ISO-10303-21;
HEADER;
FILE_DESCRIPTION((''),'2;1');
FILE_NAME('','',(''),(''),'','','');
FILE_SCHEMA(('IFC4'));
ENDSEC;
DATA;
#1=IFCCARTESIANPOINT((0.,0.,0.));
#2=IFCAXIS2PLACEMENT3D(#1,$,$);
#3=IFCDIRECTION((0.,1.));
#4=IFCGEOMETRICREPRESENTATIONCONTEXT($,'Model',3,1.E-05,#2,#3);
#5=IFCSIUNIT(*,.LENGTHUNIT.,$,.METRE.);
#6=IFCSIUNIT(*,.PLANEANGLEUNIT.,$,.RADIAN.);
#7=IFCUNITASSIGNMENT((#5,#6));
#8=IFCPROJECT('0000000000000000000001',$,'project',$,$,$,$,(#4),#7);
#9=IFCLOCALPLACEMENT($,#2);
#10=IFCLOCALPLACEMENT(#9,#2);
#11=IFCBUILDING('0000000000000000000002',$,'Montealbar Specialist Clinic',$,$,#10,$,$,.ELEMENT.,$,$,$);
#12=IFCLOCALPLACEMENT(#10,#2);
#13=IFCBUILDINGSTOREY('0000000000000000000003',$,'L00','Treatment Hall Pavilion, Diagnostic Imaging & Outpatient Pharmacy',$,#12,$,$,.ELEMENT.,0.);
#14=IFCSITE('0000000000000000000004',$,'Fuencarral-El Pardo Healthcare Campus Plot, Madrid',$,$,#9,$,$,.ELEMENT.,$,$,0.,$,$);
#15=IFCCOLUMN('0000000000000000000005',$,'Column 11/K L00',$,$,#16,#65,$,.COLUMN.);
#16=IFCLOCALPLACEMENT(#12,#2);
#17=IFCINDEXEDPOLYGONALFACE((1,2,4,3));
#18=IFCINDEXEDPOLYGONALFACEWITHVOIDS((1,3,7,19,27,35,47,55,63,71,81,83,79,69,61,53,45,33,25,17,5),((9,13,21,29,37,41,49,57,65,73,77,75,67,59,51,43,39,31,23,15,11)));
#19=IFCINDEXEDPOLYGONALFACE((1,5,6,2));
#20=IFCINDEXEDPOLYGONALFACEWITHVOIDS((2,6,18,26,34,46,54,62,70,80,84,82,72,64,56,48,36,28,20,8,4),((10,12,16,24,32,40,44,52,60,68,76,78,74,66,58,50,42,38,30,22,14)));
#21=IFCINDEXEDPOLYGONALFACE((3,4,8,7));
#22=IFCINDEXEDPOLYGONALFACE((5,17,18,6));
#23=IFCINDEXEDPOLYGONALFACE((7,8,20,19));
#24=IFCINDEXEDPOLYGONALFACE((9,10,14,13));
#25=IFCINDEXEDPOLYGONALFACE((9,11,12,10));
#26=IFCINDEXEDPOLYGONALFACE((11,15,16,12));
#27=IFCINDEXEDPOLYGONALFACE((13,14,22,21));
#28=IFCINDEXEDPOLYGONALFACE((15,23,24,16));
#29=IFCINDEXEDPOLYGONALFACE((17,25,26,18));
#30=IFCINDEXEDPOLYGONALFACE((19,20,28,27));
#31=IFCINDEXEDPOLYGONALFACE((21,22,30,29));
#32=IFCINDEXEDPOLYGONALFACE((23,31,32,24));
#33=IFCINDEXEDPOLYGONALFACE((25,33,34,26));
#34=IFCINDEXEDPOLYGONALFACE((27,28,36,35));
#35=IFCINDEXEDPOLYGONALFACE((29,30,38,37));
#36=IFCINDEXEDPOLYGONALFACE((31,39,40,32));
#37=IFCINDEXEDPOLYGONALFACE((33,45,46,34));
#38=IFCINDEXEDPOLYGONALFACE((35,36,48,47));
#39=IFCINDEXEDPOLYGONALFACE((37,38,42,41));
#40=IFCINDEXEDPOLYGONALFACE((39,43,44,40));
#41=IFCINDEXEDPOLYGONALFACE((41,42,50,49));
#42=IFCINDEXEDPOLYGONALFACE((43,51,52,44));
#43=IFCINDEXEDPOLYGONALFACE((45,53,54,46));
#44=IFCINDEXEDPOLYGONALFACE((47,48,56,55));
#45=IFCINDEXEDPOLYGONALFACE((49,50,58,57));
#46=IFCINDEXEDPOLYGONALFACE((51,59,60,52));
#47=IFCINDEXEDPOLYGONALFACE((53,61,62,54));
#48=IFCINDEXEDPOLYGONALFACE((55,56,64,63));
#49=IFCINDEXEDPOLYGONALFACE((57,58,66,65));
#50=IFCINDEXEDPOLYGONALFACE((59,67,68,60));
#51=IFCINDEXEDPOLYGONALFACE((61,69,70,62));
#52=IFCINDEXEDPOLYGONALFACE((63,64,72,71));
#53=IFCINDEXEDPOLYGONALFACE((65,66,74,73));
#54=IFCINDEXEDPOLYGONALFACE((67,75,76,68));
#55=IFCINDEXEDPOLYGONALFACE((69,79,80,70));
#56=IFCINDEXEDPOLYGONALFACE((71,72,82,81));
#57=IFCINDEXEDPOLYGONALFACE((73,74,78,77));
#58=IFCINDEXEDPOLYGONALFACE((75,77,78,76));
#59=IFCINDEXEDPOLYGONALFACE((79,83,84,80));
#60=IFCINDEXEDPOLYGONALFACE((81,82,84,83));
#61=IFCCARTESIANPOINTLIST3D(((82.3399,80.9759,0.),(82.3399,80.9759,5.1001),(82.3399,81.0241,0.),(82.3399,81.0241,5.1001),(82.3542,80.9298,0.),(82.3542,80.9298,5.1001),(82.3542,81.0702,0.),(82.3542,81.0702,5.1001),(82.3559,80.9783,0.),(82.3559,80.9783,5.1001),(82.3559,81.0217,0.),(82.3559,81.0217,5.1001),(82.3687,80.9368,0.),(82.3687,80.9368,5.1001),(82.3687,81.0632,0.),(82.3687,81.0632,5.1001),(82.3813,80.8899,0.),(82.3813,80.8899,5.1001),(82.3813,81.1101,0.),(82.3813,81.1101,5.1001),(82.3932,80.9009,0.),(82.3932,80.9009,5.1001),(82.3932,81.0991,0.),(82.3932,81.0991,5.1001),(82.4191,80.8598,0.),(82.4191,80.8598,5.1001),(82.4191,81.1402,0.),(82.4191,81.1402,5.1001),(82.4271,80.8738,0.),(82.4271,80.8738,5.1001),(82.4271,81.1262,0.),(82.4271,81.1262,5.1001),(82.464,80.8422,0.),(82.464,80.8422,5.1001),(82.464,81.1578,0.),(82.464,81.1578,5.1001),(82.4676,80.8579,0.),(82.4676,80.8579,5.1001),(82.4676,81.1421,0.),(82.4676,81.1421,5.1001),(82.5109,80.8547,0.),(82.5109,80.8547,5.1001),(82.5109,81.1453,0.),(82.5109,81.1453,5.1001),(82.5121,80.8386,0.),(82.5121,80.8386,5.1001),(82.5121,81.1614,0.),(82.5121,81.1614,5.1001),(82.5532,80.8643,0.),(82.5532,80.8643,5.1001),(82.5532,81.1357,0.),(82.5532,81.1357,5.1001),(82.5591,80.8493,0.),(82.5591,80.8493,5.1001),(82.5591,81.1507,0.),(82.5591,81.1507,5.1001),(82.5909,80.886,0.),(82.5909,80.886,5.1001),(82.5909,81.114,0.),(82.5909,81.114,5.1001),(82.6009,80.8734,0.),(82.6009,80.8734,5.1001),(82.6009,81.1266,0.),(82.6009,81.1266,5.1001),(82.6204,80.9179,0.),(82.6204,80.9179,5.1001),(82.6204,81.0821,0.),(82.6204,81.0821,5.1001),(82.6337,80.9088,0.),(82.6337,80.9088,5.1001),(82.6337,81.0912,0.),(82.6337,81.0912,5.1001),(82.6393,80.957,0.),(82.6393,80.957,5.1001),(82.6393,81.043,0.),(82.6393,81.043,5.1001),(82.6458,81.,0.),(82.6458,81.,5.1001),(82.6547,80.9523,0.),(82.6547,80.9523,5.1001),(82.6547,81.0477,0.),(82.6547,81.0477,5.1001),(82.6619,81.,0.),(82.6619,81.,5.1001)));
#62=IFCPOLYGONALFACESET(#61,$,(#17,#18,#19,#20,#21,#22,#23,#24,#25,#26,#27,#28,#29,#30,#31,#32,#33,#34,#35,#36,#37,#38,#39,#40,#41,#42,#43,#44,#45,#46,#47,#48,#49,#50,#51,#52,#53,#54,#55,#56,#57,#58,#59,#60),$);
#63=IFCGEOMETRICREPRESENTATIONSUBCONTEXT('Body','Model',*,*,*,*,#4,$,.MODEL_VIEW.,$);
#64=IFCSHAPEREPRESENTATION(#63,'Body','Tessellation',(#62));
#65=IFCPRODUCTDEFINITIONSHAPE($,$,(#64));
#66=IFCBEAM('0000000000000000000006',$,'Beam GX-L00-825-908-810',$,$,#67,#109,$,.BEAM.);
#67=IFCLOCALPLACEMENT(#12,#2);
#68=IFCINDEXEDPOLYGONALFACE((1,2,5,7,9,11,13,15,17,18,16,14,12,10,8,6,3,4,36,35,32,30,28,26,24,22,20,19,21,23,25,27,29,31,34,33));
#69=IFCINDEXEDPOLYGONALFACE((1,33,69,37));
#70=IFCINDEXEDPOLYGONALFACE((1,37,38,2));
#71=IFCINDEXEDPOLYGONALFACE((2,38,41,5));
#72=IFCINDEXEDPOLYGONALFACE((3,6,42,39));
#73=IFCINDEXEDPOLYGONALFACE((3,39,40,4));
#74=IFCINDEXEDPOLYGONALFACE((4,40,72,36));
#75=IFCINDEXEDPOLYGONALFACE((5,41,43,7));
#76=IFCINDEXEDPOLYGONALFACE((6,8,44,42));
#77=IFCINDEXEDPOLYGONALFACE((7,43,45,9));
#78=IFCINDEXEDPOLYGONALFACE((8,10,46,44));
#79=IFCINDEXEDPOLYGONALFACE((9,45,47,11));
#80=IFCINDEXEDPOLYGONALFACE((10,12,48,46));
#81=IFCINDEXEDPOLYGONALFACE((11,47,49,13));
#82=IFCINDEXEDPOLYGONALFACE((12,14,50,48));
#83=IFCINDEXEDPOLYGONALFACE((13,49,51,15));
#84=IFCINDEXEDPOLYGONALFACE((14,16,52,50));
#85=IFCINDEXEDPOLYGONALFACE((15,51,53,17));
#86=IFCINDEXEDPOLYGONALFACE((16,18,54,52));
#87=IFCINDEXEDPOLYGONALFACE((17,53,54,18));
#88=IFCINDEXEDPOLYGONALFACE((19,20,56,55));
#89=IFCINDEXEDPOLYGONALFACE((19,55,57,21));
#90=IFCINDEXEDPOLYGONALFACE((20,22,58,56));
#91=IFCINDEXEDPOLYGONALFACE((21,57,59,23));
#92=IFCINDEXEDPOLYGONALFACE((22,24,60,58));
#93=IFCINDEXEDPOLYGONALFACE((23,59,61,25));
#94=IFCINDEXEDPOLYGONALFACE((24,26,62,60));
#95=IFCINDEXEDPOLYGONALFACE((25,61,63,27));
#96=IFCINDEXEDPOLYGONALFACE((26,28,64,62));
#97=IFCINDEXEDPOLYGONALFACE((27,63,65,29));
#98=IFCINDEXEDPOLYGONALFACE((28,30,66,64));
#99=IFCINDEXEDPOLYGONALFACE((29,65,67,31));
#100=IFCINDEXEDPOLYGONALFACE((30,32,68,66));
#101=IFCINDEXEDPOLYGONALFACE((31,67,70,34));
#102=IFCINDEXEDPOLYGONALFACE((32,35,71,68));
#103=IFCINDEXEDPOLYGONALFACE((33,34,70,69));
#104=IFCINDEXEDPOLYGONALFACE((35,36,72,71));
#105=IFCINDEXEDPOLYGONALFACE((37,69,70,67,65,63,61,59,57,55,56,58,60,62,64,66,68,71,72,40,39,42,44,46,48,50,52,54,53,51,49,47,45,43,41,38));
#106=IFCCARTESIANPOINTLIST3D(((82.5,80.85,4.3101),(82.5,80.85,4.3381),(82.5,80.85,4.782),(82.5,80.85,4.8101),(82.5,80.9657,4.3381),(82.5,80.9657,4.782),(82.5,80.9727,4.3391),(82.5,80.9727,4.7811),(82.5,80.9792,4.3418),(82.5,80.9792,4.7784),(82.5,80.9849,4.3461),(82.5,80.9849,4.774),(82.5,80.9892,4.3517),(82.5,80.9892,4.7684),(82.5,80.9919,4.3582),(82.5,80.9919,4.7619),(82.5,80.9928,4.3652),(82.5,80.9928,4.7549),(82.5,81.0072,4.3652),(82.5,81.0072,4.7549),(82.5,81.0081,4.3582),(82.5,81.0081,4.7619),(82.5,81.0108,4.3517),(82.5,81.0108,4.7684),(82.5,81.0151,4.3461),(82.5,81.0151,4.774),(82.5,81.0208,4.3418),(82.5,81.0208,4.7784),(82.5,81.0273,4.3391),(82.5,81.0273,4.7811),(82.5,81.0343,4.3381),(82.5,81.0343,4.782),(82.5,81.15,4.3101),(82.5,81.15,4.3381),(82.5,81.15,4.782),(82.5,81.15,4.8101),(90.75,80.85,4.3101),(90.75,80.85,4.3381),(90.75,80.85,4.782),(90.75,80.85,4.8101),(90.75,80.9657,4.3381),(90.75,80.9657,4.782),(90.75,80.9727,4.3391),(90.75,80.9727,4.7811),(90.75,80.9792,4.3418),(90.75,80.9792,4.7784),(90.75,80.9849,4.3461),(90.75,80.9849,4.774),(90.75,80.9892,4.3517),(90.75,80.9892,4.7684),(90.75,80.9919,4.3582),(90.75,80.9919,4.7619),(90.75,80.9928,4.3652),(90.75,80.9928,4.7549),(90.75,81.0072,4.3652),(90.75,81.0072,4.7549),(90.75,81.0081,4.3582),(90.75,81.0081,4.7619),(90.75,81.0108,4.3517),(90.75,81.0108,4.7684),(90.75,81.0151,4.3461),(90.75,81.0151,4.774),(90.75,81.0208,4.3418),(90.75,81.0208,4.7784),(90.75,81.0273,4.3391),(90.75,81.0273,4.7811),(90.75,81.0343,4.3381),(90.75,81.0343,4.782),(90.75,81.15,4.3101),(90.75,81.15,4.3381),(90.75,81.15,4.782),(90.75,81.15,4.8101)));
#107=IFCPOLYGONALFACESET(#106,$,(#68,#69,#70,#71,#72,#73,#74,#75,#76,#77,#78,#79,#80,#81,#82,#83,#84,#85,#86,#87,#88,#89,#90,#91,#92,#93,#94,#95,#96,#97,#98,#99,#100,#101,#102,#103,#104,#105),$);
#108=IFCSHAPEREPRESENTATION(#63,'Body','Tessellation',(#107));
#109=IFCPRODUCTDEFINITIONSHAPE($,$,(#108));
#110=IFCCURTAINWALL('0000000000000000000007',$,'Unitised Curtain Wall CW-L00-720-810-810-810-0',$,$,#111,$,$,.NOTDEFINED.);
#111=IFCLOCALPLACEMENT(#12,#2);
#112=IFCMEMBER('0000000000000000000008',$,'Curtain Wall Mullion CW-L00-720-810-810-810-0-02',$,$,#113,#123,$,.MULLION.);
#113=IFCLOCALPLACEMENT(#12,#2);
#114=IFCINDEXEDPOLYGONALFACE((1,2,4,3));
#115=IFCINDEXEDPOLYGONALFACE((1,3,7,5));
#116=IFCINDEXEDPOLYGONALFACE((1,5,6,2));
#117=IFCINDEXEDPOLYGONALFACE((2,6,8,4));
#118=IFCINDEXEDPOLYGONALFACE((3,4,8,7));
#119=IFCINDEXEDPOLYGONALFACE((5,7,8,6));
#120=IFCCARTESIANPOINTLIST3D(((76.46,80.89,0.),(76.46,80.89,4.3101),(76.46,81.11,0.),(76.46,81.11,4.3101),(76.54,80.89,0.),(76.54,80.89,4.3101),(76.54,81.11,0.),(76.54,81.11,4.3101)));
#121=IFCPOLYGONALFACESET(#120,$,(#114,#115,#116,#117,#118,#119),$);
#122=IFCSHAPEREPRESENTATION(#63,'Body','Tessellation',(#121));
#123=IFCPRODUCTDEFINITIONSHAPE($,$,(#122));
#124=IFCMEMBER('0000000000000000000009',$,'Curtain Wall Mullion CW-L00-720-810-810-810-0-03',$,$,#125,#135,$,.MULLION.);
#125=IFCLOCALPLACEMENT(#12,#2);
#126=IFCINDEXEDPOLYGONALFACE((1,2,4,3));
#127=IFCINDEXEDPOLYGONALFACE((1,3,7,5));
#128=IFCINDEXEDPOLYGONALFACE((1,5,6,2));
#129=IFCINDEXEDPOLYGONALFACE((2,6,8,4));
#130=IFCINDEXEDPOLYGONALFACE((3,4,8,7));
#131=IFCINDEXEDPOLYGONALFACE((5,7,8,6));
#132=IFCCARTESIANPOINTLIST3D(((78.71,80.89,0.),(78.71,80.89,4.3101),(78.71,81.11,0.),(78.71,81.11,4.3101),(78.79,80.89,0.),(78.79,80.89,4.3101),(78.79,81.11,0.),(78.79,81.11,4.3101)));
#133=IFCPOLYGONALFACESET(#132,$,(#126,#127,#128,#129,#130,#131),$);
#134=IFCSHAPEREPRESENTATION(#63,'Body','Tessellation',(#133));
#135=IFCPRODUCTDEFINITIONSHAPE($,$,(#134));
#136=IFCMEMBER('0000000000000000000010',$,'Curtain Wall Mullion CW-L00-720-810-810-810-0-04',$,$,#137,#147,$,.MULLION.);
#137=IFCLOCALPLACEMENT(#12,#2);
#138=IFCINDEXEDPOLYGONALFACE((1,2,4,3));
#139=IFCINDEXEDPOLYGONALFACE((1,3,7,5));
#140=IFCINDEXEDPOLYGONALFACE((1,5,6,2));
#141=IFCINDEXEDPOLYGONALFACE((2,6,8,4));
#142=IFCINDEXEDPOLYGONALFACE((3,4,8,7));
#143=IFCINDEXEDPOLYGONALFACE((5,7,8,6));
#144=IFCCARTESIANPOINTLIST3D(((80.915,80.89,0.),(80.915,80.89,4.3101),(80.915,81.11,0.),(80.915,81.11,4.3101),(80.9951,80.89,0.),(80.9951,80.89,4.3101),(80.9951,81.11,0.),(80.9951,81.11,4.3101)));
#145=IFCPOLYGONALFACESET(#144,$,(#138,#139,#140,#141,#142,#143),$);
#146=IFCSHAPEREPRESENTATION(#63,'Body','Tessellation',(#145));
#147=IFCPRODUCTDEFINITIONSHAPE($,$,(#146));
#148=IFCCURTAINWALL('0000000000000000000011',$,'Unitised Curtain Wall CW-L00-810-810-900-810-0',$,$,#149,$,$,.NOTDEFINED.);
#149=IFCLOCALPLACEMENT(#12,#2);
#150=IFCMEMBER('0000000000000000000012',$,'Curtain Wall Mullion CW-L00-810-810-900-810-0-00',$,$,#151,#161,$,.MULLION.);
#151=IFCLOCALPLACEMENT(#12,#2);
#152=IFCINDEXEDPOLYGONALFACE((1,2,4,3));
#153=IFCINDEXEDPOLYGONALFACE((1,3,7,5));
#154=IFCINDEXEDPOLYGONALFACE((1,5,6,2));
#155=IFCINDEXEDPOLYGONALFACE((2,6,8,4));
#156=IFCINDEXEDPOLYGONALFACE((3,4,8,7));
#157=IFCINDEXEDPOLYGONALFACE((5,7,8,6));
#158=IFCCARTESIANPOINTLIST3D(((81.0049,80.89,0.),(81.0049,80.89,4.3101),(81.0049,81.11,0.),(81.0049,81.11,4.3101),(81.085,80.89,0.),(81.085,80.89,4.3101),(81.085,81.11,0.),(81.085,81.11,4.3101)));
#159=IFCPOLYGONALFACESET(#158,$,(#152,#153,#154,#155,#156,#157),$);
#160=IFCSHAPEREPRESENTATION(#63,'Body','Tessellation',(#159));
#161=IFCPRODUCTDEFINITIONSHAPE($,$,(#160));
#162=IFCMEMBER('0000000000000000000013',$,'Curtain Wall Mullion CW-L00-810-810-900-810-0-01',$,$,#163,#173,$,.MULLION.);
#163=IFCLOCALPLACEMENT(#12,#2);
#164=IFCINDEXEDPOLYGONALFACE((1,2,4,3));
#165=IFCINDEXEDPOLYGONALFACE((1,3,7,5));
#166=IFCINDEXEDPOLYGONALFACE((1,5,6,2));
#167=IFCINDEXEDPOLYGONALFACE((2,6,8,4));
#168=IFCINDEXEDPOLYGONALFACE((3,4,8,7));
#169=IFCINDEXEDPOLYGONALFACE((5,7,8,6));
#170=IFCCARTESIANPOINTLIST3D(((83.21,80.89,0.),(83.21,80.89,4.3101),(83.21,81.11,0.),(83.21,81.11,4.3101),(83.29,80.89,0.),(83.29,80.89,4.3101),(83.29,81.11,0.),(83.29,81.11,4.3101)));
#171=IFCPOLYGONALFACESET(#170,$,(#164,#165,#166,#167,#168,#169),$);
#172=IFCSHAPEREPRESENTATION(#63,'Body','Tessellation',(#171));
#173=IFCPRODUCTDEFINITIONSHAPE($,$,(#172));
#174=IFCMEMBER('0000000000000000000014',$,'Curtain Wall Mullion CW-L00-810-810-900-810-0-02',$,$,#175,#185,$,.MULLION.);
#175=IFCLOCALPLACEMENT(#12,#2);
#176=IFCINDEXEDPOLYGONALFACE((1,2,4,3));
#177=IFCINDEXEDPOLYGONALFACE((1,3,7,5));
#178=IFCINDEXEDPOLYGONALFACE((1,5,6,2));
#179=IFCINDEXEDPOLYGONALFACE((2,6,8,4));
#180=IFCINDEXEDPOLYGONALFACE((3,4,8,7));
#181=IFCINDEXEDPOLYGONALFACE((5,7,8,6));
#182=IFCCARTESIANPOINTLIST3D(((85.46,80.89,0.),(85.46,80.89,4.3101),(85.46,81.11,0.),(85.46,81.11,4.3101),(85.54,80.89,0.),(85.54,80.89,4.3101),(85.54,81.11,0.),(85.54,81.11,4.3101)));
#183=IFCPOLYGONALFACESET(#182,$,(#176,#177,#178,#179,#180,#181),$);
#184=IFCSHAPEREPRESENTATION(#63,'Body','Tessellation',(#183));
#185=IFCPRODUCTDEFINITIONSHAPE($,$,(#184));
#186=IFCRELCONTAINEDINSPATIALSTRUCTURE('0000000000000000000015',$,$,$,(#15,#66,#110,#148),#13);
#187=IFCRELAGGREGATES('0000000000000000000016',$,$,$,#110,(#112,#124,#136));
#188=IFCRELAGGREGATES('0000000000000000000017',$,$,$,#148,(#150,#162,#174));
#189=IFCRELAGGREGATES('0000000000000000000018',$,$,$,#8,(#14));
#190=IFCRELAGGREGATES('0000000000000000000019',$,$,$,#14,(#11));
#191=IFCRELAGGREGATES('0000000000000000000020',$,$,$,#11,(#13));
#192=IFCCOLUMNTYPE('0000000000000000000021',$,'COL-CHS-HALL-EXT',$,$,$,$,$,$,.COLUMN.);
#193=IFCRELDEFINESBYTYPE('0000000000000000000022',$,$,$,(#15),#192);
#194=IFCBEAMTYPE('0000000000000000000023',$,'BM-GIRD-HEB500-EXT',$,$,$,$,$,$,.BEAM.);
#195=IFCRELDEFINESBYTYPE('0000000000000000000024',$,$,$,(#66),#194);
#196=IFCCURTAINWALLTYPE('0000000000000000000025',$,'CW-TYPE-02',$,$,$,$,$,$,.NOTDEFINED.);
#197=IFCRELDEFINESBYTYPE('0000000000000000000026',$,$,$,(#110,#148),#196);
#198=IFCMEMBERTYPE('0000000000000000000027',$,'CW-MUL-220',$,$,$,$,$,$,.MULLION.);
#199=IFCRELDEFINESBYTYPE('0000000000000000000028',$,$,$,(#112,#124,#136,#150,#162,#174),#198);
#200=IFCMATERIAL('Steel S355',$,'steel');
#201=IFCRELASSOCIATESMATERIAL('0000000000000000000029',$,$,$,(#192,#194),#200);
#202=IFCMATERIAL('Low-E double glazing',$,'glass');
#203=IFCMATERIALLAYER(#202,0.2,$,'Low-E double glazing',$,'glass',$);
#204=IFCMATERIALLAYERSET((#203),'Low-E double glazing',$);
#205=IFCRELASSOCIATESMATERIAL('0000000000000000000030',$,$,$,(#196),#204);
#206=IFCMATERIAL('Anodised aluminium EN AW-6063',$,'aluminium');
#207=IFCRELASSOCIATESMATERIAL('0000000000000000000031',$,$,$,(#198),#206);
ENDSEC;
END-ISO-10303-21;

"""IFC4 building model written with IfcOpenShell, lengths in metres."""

from ifc_helpers import new_model, si_unit, direction, frame, origin, origin_2d, place, context, subcontext, project, spatial, rectangle, hollow_circle, i_section, extrude, material, layer, layer_set, material_profile, profile_set, type_object, element, aggregate, save


model = new_model("IFC4")

# Units and contexts
model_context = context("Model", 3, precision=1e-05, world=origin(), true_north=direction((0.0, 1.0)))
body_context = subcontext(model_context, "Body", "Model", "MODEL_VIEW")
ifc_project = project(units=[si_unit("LENGTHUNIT", "METRE"), si_unit("PLANEANGLEUNIT", "RADIAN")], contexts=[model_context])

# Site, building, storey
site_placement = place(None, origin())
site = spatial("IfcSite", under=ifc_project, at=site_placement, Name="Fuencarral-El Pardo Healthcare Campus Plot, Madrid", CompositionType="ELEMENT", RefElevation=0.0)
building_placement = place(site_placement, origin())
building = spatial("IfcBuilding", under=site, at=building_placement, Name="Montealbar Specialist Clinic", CompositionType="ELEMENT")
storey_placement = place(building_placement, origin())
storey = spatial("IfcBuildingStorey", under=building, at=storey_placement, Name="L00", Description="Treatment Hall Pavilion, Diagnostic Imaging & Outpatient Pharmacy", CompositionType="ELEMENT", Elevation=0.0)

# Column
ifc_material_1 = material(Name="Steel S355", Category="steel")
ifc_material_profile_1 = material_profile(ifc_material_1, hollow_circle(Radius=0.1619, WallThickness=0.0161, at=origin_2d()), Name="CHS 323.9x16.0", Category="steel")
ifc_profile_set_1 = profile_set([ifc_material_profile_1], Name="Steel S355")
column_type = type_object("IfcColumnType", Name="COL-CHS-HALL-EXT", PredefinedType="COLUMN", material=ifc_profile_set_1)
column_placement = place(storey_placement, frame((82.5, 81.0, 0.0), z_axis=(0.0, 0.0, 1.0), x_axis=(1.0, 0.0, 0.0)))
element("IfcColumn", 1, at=column_placement, inside=storey, type_object=column_type, Name="Column 11/K L00", PredefinedType="COLUMN", context=body_context, shape_type="SweptSolid", body=[
    extrude(hollow_circle(Radius=0.1619, WallThickness=0.0161, at=origin_2d()), origin(), (0.0, 0.0, 1.0), 5.1001),
])

# Beam
ifc_material_profile_2 = material_profile(ifc_material_1, i_section(OverallWidth=0.3, OverallDepth=0.5, WebThickness=0.0144, FlangeThickness=0.0281, FilletRadius=0.0271, at=origin_2d()), Name="HEB 500", Category="steel")
ifc_profile_set_2 = profile_set([ifc_material_profile_2], Name="Steel S355")
beam_type = type_object("IfcBeamType", Name="BM-GIRD-HEB500-EXT", PredefinedType="BEAM", material=ifc_profile_set_2)
beam_placement = place(storey_placement, frame((82.5, 81.0, 4.5601), z_axis=(1.0, 0.0, 0.0), x_axis=(0.0, 1.0, 0.0)))
element("IfcBeam", 2, at=beam_placement, inside=storey, type_object=beam_type, Name="Beam GX-L00-825-908-810", PredefinedType="BEAM", context=body_context, shape_type="SweptSolid", body=[
    extrude(i_section(OverallWidth=0.3, OverallDepth=0.5, WebThickness=0.0144, FlangeThickness=0.0281, FilletRadius=0.0271, at=origin_2d()), origin(), (0.0, 0.0, 1.0), 8.25),
])

# Curtain walls, members
ifc_material_2 = material(Name="Low-E double glazing", Category="glass")
ifc_layer_1 = layer(ifc_material_2, 0.2, Name="Low-E double glazing", Category="glass")
ifc_layer_set_1 = layer_set([ifc_layer_1], Name="Low-E double glazing")
curtain_wall_type = type_object("IfcCurtainWallType", Name="CW-TYPE-02", PredefinedType="NOTDEFINED", material=ifc_layer_set_1)
curtain_wall_1_placement = place(storey_placement, origin())
curtain_wall_1 = element("IfcCurtainWall", 3, at=curtain_wall_1_placement, inside=storey, type_object=curtain_wall_type, Name="Unitised Curtain Wall CW-L00-720-810-810-810-0", PredefinedType="NOTDEFINED")
ifc_material_3 = material(Name="Anodised aluminium EN AW-6063", Category="aluminium")
ifc_material_profile_3 = material_profile(ifc_material_3, rectangle(XDim=0.0801, YDim=0.22, at=origin_2d()), Name="ALU 80x220", Category="aluminium")
ifc_profile_set_3 = profile_set([ifc_material_profile_3], Name="Anodised aluminium EN AW-6063")
member_type_1 = type_object("IfcMemberType", Name="CW-MUL-220", PredefinedType="MULLION", material=ifc_profile_set_3)
member_1_placement = place(storey_placement, frame((76.5, 81.0, 0.0), z_axis=(0.0, 0.0, 1.0), x_axis=(1.0, 0.0, 0.0)))
member_1 = element("IfcMember", 4, at=member_1_placement, type_object=member_type_1, Name="Curtain Wall Mullion CW-L00-720-810-810-810-0-02", PredefinedType="MULLION", context=body_context, shape_type="SweptSolid", body=[
    extrude(rectangle(XDim=0.0801, YDim=0.22, at=origin_2d()), origin(), (0.0, 0.0, 1.0), 4.3101),
])
member_2_placement = place(storey_placement, frame((78.75, 81.0, 0.0), z_axis=(0.0, 0.0, 1.0), x_axis=(1.0, 0.0, 0.0)))
member_2 = element("IfcMember", 5, at=member_2_placement, type_object=member_type_1, Name="Curtain Wall Mullion CW-L00-720-810-810-810-0-03", PredefinedType="MULLION", context=body_context, shape_type="SweptSolid", body=[
    extrude(rectangle(XDim=0.0801, YDim=0.22, at=origin_2d()), origin(), (0.0, 0.0, 1.0), 4.3101),
])
member_3_placement = place(storey_placement, frame((80.9551, 81.0, 0.0), z_axis=(0.0, 0.0, 1.0), x_axis=(1.0, 0.0, 0.0)))
member_3 = element("IfcMember", 6, at=member_3_placement, type_object=member_type_1, Name="Curtain Wall Mullion CW-L00-720-810-810-810-0-04", PredefinedType="MULLION", context=body_context, shape_type="SweptSolid", body=[
    extrude(rectangle(XDim=0.0801, YDim=0.22, at=origin_2d()), origin(), (0.0, 0.0, 1.0), 4.3101),
])
curtain_wall_2_placement = place(storey_placement, origin())
curtain_wall_2 = element("IfcCurtainWall", 7, at=curtain_wall_2_placement, inside=storey, type_object=curtain_wall_type, Name="Unitised Curtain Wall CW-L00-810-810-900-810-0", PredefinedType="NOTDEFINED")
member_4_placement = place(storey_placement, frame((81.0449, 81.0, 0.0), z_axis=(0.0, 0.0, 1.0), x_axis=(1.0, 0.0, 0.0)))
member_4 = element("IfcMember", 8, at=member_4_placement, type_object=member_type_1, Name="Curtain Wall Mullion CW-L00-810-810-900-810-0-00", PredefinedType="MULLION", context=body_context, shape_type="SweptSolid", body=[
    extrude(rectangle(XDim=0.0801, YDim=0.22, at=origin_2d()), origin(), (0.0, 0.0, 1.0), 4.3101),
])
member_5_placement = place(storey_placement, frame((83.25, 81.0, 0.0), z_axis=(0.0, 0.0, 1.0), x_axis=(1.0, 0.0, 0.0)))
member_5 = element("IfcMember", 9, at=member_5_placement, type_object=member_type_1, Name="Curtain Wall Mullion CW-L00-810-810-900-810-0-01", PredefinedType="MULLION", context=body_context, shape_type="SweptSolid", body=[
    extrude(rectangle(XDim=0.0801, YDim=0.22, at=origin_2d()), origin(), (0.0, 0.0, 1.0), 4.3101),
])
member_6_placement = place(storey_placement, frame((85.5, 81.0, 0.0), z_axis=(0.0, 0.0, 1.0), x_axis=(1.0, 0.0, 0.0)))
member_6 = element("IfcMember", 10, at=member_6_placement, type_object=member_type_1, Name="Curtain Wall Mullion CW-L00-810-810-900-810-0-02", PredefinedType="MULLION", context=body_context, shape_type="SweptSolid", body=[
    extrude(rectangle(XDim=0.0801, YDim=0.22, at=origin_2d()), origin(), (0.0, 0.0, 1.0), 4.3101),
])

aggregate(curtain_wall_1, [member_1, member_2, member_3])
aggregate(curtain_wall_2, [member_4, member_5, member_6])

save(model, "model.ifc")
